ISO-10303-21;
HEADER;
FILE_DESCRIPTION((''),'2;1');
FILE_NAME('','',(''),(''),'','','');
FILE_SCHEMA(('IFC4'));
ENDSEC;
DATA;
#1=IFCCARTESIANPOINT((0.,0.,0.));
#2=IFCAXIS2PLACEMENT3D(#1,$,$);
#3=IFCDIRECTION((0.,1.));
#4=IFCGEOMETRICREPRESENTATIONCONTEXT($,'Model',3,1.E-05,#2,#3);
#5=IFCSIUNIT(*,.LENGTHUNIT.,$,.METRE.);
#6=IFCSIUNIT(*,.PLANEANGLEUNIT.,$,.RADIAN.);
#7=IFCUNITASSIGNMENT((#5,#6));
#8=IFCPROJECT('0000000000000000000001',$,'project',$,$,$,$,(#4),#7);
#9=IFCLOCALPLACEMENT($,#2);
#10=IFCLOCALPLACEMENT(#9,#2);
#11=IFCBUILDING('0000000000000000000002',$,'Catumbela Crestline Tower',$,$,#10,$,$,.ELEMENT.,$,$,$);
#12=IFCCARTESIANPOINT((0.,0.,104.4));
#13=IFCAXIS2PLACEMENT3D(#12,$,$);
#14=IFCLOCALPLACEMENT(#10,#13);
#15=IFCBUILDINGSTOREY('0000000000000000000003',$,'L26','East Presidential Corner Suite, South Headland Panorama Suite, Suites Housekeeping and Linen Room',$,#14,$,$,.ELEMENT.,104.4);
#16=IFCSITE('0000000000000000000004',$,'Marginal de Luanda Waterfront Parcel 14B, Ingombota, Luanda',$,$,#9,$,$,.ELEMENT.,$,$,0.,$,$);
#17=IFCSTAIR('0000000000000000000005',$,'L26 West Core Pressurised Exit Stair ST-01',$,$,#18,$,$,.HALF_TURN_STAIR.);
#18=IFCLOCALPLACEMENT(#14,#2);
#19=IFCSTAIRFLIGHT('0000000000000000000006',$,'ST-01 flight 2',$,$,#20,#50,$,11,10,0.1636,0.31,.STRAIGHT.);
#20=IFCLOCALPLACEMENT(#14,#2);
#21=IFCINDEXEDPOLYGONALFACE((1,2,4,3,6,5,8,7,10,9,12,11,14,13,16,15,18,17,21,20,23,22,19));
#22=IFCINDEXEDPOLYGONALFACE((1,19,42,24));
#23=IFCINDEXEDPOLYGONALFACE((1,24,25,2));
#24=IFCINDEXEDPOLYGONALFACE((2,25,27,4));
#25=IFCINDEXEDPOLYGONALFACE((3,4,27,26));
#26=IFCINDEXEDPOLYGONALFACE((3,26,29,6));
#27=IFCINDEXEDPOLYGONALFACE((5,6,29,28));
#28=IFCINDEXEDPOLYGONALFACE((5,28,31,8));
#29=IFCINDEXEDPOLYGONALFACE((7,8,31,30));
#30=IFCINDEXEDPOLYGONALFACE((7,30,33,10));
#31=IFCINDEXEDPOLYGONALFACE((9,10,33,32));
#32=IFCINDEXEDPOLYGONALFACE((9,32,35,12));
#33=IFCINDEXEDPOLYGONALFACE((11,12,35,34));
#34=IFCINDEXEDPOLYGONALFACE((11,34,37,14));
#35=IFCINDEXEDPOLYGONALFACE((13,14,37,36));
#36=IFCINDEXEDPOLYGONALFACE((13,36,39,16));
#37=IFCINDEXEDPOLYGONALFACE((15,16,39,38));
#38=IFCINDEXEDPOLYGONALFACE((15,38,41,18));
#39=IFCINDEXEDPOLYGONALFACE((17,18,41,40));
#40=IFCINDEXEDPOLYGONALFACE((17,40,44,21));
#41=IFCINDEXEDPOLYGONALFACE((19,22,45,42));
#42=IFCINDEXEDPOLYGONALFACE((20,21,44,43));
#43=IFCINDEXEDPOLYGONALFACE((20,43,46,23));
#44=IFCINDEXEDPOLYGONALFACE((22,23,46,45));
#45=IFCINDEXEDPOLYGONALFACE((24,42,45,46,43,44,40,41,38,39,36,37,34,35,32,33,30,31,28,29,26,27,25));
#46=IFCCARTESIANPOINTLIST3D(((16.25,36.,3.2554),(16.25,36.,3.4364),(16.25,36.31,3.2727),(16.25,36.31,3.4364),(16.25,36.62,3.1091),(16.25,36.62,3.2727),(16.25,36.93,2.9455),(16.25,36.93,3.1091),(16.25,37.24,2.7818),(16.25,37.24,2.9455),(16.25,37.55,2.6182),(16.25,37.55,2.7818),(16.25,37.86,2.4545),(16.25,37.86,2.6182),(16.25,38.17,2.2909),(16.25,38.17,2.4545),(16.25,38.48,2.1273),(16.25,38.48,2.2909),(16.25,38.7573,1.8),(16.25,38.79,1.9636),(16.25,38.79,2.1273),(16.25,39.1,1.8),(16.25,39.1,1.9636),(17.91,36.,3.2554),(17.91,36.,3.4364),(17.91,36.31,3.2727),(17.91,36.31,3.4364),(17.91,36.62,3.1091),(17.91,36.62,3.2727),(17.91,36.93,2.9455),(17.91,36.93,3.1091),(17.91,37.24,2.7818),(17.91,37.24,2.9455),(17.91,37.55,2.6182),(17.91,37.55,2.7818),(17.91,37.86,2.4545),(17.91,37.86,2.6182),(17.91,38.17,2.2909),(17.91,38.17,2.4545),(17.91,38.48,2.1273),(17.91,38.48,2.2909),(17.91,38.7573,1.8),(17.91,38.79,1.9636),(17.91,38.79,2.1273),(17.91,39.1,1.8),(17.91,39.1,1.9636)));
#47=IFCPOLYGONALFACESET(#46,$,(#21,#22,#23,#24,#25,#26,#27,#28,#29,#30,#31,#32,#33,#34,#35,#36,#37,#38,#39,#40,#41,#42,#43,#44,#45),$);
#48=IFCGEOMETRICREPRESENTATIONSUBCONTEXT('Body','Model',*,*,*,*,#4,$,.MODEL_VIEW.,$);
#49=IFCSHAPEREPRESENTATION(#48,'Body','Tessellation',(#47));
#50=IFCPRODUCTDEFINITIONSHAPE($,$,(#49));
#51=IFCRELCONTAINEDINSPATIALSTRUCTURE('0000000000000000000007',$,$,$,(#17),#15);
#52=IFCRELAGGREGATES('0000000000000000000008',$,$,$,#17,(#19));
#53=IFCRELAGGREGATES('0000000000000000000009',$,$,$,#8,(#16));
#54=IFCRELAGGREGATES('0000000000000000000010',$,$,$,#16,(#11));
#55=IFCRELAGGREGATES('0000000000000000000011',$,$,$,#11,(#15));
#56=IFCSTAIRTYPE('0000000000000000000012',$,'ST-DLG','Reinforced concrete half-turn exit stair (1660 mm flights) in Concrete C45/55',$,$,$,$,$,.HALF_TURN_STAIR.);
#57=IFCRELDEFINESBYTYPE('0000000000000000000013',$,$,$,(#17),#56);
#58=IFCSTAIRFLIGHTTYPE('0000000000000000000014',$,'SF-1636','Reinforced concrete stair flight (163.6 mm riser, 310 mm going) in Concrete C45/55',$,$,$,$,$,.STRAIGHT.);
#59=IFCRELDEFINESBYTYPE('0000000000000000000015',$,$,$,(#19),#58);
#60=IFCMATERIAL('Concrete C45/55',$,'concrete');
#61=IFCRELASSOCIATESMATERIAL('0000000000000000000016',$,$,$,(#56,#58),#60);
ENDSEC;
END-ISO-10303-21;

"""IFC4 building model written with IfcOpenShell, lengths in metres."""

from ifc_helpers import new_model, si_unit, direction, frame, origin, place, context, subcontext, project, spatial, polyline, outline, extrude, material, type_object, element, aggregate, save


model = new_model("IFC4")

# Units and contexts
model_context = context("Model", 3, precision=1e-05, world=origin(), true_north=direction((0.0, 1.0)))
body_context = subcontext(model_context, "Body", "Model", "MODEL_VIEW")
ifc_project = project(units=[si_unit("LENGTHUNIT", "METRE"), si_unit("PLANEANGLEUNIT", "RADIAN")], contexts=[model_context])

# Site, building, storey
site_placement = place(None, origin())
site = spatial("IfcSite", under=ifc_project, at=site_placement, Name="Marginal de Luanda Waterfront Parcel 14B, Ingombota, Luanda", CompositionType="ELEMENT", RefElevation=0.0)
building_placement = place(site_placement, origin())
building = spatial("IfcBuilding", under=site, at=building_placement, Name="Catumbela Crestline Tower", CompositionType="ELEMENT")
storey_placement = place(building_placement, frame((0.0, 0.0, 104.4)))
storey = spatial("IfcBuildingStorey", under=building, at=storey_placement, Name="L26", Description="East Presidential Corner Suite, South Headland Panorama Suite, Suites Housekeeping and Linen Room", CompositionType="ELEMENT", Elevation=104.4)

# Stair, stair flight
ifc_material_1 = material(Name="Concrete C45/55", Category="concrete")
stair_type = type_object("IfcStairType", Name="ST-DLG", Description="Reinforced concrete half-turn exit stair (1660 mm flights) in Concrete C45/55", PredefinedType="HALF_TURN_STAIR", material=ifc_material_1)
stair_placement = place(storey_placement, origin())
stair = element("IfcStair", 1, at=stair_placement, inside=storey, type_object=stair_type, Name="L26 West Core Pressurised Exit Stair ST-01", PredefinedType="HALF_TURN_STAIR")
stair_flight_type = type_object("IfcStairFlightType", Name="SF-1636", Description="Reinforced concrete stair flight (163.6 mm riser, 310 mm going) in Concrete C45/55", PredefinedType="STRAIGHT", material=ifc_material_1)
stair_flight_placement = place(storey_placement, frame((17.08, 39.1, 1.8), z_axis=(0.0, 0.0, 1.0), x_axis=(0.0, -1.0, 0.0)))
stair_flight = element("IfcStairFlight", 2, at=stair_flight_placement, type_object=stair_flight_type, Name="ST-01 flight 2", NumberOfRisers=11, NumberOfTreads=10, PredefinedType="STRAIGHT", RiserHeight=0.1636, TreadLength=0.31, context=body_context, shape_type="SweptSolid", body=[
    extrude(outline(polyline([(0.0, 0.0), (0.0, 0.1636), (0.31, 0.1636), (0.31, 0.3273), (0.62, 0.3273), (0.62, 0.4909), (0.93, 0.4909), (0.93, 0.6545), (1.24, 0.6545), (1.24, 0.8182), (1.55, 0.8182), (1.55, 0.9818), (1.86, 0.9818), (1.86, 1.1455), (2.17, 1.1455), (2.17, 1.3091), (2.48, 1.3091), (2.48, 1.4727), (2.79, 1.4727), (2.79, 1.6364), (3.1, 1.6364), (3.1, 1.8), (3.1, 1.4554), (0.3427, 0.0), (0.0, 0.0)])), frame((0.0, 0.83, 0.0), z_axis=(0.0, -1.0, 0.0), x_axis=(1.0, 0.0, 0.0)), (0.0, 0.0, 1.0), 1.66),
])
aggregate(stair, [stair_flight])

save(model, "model.ifc")
